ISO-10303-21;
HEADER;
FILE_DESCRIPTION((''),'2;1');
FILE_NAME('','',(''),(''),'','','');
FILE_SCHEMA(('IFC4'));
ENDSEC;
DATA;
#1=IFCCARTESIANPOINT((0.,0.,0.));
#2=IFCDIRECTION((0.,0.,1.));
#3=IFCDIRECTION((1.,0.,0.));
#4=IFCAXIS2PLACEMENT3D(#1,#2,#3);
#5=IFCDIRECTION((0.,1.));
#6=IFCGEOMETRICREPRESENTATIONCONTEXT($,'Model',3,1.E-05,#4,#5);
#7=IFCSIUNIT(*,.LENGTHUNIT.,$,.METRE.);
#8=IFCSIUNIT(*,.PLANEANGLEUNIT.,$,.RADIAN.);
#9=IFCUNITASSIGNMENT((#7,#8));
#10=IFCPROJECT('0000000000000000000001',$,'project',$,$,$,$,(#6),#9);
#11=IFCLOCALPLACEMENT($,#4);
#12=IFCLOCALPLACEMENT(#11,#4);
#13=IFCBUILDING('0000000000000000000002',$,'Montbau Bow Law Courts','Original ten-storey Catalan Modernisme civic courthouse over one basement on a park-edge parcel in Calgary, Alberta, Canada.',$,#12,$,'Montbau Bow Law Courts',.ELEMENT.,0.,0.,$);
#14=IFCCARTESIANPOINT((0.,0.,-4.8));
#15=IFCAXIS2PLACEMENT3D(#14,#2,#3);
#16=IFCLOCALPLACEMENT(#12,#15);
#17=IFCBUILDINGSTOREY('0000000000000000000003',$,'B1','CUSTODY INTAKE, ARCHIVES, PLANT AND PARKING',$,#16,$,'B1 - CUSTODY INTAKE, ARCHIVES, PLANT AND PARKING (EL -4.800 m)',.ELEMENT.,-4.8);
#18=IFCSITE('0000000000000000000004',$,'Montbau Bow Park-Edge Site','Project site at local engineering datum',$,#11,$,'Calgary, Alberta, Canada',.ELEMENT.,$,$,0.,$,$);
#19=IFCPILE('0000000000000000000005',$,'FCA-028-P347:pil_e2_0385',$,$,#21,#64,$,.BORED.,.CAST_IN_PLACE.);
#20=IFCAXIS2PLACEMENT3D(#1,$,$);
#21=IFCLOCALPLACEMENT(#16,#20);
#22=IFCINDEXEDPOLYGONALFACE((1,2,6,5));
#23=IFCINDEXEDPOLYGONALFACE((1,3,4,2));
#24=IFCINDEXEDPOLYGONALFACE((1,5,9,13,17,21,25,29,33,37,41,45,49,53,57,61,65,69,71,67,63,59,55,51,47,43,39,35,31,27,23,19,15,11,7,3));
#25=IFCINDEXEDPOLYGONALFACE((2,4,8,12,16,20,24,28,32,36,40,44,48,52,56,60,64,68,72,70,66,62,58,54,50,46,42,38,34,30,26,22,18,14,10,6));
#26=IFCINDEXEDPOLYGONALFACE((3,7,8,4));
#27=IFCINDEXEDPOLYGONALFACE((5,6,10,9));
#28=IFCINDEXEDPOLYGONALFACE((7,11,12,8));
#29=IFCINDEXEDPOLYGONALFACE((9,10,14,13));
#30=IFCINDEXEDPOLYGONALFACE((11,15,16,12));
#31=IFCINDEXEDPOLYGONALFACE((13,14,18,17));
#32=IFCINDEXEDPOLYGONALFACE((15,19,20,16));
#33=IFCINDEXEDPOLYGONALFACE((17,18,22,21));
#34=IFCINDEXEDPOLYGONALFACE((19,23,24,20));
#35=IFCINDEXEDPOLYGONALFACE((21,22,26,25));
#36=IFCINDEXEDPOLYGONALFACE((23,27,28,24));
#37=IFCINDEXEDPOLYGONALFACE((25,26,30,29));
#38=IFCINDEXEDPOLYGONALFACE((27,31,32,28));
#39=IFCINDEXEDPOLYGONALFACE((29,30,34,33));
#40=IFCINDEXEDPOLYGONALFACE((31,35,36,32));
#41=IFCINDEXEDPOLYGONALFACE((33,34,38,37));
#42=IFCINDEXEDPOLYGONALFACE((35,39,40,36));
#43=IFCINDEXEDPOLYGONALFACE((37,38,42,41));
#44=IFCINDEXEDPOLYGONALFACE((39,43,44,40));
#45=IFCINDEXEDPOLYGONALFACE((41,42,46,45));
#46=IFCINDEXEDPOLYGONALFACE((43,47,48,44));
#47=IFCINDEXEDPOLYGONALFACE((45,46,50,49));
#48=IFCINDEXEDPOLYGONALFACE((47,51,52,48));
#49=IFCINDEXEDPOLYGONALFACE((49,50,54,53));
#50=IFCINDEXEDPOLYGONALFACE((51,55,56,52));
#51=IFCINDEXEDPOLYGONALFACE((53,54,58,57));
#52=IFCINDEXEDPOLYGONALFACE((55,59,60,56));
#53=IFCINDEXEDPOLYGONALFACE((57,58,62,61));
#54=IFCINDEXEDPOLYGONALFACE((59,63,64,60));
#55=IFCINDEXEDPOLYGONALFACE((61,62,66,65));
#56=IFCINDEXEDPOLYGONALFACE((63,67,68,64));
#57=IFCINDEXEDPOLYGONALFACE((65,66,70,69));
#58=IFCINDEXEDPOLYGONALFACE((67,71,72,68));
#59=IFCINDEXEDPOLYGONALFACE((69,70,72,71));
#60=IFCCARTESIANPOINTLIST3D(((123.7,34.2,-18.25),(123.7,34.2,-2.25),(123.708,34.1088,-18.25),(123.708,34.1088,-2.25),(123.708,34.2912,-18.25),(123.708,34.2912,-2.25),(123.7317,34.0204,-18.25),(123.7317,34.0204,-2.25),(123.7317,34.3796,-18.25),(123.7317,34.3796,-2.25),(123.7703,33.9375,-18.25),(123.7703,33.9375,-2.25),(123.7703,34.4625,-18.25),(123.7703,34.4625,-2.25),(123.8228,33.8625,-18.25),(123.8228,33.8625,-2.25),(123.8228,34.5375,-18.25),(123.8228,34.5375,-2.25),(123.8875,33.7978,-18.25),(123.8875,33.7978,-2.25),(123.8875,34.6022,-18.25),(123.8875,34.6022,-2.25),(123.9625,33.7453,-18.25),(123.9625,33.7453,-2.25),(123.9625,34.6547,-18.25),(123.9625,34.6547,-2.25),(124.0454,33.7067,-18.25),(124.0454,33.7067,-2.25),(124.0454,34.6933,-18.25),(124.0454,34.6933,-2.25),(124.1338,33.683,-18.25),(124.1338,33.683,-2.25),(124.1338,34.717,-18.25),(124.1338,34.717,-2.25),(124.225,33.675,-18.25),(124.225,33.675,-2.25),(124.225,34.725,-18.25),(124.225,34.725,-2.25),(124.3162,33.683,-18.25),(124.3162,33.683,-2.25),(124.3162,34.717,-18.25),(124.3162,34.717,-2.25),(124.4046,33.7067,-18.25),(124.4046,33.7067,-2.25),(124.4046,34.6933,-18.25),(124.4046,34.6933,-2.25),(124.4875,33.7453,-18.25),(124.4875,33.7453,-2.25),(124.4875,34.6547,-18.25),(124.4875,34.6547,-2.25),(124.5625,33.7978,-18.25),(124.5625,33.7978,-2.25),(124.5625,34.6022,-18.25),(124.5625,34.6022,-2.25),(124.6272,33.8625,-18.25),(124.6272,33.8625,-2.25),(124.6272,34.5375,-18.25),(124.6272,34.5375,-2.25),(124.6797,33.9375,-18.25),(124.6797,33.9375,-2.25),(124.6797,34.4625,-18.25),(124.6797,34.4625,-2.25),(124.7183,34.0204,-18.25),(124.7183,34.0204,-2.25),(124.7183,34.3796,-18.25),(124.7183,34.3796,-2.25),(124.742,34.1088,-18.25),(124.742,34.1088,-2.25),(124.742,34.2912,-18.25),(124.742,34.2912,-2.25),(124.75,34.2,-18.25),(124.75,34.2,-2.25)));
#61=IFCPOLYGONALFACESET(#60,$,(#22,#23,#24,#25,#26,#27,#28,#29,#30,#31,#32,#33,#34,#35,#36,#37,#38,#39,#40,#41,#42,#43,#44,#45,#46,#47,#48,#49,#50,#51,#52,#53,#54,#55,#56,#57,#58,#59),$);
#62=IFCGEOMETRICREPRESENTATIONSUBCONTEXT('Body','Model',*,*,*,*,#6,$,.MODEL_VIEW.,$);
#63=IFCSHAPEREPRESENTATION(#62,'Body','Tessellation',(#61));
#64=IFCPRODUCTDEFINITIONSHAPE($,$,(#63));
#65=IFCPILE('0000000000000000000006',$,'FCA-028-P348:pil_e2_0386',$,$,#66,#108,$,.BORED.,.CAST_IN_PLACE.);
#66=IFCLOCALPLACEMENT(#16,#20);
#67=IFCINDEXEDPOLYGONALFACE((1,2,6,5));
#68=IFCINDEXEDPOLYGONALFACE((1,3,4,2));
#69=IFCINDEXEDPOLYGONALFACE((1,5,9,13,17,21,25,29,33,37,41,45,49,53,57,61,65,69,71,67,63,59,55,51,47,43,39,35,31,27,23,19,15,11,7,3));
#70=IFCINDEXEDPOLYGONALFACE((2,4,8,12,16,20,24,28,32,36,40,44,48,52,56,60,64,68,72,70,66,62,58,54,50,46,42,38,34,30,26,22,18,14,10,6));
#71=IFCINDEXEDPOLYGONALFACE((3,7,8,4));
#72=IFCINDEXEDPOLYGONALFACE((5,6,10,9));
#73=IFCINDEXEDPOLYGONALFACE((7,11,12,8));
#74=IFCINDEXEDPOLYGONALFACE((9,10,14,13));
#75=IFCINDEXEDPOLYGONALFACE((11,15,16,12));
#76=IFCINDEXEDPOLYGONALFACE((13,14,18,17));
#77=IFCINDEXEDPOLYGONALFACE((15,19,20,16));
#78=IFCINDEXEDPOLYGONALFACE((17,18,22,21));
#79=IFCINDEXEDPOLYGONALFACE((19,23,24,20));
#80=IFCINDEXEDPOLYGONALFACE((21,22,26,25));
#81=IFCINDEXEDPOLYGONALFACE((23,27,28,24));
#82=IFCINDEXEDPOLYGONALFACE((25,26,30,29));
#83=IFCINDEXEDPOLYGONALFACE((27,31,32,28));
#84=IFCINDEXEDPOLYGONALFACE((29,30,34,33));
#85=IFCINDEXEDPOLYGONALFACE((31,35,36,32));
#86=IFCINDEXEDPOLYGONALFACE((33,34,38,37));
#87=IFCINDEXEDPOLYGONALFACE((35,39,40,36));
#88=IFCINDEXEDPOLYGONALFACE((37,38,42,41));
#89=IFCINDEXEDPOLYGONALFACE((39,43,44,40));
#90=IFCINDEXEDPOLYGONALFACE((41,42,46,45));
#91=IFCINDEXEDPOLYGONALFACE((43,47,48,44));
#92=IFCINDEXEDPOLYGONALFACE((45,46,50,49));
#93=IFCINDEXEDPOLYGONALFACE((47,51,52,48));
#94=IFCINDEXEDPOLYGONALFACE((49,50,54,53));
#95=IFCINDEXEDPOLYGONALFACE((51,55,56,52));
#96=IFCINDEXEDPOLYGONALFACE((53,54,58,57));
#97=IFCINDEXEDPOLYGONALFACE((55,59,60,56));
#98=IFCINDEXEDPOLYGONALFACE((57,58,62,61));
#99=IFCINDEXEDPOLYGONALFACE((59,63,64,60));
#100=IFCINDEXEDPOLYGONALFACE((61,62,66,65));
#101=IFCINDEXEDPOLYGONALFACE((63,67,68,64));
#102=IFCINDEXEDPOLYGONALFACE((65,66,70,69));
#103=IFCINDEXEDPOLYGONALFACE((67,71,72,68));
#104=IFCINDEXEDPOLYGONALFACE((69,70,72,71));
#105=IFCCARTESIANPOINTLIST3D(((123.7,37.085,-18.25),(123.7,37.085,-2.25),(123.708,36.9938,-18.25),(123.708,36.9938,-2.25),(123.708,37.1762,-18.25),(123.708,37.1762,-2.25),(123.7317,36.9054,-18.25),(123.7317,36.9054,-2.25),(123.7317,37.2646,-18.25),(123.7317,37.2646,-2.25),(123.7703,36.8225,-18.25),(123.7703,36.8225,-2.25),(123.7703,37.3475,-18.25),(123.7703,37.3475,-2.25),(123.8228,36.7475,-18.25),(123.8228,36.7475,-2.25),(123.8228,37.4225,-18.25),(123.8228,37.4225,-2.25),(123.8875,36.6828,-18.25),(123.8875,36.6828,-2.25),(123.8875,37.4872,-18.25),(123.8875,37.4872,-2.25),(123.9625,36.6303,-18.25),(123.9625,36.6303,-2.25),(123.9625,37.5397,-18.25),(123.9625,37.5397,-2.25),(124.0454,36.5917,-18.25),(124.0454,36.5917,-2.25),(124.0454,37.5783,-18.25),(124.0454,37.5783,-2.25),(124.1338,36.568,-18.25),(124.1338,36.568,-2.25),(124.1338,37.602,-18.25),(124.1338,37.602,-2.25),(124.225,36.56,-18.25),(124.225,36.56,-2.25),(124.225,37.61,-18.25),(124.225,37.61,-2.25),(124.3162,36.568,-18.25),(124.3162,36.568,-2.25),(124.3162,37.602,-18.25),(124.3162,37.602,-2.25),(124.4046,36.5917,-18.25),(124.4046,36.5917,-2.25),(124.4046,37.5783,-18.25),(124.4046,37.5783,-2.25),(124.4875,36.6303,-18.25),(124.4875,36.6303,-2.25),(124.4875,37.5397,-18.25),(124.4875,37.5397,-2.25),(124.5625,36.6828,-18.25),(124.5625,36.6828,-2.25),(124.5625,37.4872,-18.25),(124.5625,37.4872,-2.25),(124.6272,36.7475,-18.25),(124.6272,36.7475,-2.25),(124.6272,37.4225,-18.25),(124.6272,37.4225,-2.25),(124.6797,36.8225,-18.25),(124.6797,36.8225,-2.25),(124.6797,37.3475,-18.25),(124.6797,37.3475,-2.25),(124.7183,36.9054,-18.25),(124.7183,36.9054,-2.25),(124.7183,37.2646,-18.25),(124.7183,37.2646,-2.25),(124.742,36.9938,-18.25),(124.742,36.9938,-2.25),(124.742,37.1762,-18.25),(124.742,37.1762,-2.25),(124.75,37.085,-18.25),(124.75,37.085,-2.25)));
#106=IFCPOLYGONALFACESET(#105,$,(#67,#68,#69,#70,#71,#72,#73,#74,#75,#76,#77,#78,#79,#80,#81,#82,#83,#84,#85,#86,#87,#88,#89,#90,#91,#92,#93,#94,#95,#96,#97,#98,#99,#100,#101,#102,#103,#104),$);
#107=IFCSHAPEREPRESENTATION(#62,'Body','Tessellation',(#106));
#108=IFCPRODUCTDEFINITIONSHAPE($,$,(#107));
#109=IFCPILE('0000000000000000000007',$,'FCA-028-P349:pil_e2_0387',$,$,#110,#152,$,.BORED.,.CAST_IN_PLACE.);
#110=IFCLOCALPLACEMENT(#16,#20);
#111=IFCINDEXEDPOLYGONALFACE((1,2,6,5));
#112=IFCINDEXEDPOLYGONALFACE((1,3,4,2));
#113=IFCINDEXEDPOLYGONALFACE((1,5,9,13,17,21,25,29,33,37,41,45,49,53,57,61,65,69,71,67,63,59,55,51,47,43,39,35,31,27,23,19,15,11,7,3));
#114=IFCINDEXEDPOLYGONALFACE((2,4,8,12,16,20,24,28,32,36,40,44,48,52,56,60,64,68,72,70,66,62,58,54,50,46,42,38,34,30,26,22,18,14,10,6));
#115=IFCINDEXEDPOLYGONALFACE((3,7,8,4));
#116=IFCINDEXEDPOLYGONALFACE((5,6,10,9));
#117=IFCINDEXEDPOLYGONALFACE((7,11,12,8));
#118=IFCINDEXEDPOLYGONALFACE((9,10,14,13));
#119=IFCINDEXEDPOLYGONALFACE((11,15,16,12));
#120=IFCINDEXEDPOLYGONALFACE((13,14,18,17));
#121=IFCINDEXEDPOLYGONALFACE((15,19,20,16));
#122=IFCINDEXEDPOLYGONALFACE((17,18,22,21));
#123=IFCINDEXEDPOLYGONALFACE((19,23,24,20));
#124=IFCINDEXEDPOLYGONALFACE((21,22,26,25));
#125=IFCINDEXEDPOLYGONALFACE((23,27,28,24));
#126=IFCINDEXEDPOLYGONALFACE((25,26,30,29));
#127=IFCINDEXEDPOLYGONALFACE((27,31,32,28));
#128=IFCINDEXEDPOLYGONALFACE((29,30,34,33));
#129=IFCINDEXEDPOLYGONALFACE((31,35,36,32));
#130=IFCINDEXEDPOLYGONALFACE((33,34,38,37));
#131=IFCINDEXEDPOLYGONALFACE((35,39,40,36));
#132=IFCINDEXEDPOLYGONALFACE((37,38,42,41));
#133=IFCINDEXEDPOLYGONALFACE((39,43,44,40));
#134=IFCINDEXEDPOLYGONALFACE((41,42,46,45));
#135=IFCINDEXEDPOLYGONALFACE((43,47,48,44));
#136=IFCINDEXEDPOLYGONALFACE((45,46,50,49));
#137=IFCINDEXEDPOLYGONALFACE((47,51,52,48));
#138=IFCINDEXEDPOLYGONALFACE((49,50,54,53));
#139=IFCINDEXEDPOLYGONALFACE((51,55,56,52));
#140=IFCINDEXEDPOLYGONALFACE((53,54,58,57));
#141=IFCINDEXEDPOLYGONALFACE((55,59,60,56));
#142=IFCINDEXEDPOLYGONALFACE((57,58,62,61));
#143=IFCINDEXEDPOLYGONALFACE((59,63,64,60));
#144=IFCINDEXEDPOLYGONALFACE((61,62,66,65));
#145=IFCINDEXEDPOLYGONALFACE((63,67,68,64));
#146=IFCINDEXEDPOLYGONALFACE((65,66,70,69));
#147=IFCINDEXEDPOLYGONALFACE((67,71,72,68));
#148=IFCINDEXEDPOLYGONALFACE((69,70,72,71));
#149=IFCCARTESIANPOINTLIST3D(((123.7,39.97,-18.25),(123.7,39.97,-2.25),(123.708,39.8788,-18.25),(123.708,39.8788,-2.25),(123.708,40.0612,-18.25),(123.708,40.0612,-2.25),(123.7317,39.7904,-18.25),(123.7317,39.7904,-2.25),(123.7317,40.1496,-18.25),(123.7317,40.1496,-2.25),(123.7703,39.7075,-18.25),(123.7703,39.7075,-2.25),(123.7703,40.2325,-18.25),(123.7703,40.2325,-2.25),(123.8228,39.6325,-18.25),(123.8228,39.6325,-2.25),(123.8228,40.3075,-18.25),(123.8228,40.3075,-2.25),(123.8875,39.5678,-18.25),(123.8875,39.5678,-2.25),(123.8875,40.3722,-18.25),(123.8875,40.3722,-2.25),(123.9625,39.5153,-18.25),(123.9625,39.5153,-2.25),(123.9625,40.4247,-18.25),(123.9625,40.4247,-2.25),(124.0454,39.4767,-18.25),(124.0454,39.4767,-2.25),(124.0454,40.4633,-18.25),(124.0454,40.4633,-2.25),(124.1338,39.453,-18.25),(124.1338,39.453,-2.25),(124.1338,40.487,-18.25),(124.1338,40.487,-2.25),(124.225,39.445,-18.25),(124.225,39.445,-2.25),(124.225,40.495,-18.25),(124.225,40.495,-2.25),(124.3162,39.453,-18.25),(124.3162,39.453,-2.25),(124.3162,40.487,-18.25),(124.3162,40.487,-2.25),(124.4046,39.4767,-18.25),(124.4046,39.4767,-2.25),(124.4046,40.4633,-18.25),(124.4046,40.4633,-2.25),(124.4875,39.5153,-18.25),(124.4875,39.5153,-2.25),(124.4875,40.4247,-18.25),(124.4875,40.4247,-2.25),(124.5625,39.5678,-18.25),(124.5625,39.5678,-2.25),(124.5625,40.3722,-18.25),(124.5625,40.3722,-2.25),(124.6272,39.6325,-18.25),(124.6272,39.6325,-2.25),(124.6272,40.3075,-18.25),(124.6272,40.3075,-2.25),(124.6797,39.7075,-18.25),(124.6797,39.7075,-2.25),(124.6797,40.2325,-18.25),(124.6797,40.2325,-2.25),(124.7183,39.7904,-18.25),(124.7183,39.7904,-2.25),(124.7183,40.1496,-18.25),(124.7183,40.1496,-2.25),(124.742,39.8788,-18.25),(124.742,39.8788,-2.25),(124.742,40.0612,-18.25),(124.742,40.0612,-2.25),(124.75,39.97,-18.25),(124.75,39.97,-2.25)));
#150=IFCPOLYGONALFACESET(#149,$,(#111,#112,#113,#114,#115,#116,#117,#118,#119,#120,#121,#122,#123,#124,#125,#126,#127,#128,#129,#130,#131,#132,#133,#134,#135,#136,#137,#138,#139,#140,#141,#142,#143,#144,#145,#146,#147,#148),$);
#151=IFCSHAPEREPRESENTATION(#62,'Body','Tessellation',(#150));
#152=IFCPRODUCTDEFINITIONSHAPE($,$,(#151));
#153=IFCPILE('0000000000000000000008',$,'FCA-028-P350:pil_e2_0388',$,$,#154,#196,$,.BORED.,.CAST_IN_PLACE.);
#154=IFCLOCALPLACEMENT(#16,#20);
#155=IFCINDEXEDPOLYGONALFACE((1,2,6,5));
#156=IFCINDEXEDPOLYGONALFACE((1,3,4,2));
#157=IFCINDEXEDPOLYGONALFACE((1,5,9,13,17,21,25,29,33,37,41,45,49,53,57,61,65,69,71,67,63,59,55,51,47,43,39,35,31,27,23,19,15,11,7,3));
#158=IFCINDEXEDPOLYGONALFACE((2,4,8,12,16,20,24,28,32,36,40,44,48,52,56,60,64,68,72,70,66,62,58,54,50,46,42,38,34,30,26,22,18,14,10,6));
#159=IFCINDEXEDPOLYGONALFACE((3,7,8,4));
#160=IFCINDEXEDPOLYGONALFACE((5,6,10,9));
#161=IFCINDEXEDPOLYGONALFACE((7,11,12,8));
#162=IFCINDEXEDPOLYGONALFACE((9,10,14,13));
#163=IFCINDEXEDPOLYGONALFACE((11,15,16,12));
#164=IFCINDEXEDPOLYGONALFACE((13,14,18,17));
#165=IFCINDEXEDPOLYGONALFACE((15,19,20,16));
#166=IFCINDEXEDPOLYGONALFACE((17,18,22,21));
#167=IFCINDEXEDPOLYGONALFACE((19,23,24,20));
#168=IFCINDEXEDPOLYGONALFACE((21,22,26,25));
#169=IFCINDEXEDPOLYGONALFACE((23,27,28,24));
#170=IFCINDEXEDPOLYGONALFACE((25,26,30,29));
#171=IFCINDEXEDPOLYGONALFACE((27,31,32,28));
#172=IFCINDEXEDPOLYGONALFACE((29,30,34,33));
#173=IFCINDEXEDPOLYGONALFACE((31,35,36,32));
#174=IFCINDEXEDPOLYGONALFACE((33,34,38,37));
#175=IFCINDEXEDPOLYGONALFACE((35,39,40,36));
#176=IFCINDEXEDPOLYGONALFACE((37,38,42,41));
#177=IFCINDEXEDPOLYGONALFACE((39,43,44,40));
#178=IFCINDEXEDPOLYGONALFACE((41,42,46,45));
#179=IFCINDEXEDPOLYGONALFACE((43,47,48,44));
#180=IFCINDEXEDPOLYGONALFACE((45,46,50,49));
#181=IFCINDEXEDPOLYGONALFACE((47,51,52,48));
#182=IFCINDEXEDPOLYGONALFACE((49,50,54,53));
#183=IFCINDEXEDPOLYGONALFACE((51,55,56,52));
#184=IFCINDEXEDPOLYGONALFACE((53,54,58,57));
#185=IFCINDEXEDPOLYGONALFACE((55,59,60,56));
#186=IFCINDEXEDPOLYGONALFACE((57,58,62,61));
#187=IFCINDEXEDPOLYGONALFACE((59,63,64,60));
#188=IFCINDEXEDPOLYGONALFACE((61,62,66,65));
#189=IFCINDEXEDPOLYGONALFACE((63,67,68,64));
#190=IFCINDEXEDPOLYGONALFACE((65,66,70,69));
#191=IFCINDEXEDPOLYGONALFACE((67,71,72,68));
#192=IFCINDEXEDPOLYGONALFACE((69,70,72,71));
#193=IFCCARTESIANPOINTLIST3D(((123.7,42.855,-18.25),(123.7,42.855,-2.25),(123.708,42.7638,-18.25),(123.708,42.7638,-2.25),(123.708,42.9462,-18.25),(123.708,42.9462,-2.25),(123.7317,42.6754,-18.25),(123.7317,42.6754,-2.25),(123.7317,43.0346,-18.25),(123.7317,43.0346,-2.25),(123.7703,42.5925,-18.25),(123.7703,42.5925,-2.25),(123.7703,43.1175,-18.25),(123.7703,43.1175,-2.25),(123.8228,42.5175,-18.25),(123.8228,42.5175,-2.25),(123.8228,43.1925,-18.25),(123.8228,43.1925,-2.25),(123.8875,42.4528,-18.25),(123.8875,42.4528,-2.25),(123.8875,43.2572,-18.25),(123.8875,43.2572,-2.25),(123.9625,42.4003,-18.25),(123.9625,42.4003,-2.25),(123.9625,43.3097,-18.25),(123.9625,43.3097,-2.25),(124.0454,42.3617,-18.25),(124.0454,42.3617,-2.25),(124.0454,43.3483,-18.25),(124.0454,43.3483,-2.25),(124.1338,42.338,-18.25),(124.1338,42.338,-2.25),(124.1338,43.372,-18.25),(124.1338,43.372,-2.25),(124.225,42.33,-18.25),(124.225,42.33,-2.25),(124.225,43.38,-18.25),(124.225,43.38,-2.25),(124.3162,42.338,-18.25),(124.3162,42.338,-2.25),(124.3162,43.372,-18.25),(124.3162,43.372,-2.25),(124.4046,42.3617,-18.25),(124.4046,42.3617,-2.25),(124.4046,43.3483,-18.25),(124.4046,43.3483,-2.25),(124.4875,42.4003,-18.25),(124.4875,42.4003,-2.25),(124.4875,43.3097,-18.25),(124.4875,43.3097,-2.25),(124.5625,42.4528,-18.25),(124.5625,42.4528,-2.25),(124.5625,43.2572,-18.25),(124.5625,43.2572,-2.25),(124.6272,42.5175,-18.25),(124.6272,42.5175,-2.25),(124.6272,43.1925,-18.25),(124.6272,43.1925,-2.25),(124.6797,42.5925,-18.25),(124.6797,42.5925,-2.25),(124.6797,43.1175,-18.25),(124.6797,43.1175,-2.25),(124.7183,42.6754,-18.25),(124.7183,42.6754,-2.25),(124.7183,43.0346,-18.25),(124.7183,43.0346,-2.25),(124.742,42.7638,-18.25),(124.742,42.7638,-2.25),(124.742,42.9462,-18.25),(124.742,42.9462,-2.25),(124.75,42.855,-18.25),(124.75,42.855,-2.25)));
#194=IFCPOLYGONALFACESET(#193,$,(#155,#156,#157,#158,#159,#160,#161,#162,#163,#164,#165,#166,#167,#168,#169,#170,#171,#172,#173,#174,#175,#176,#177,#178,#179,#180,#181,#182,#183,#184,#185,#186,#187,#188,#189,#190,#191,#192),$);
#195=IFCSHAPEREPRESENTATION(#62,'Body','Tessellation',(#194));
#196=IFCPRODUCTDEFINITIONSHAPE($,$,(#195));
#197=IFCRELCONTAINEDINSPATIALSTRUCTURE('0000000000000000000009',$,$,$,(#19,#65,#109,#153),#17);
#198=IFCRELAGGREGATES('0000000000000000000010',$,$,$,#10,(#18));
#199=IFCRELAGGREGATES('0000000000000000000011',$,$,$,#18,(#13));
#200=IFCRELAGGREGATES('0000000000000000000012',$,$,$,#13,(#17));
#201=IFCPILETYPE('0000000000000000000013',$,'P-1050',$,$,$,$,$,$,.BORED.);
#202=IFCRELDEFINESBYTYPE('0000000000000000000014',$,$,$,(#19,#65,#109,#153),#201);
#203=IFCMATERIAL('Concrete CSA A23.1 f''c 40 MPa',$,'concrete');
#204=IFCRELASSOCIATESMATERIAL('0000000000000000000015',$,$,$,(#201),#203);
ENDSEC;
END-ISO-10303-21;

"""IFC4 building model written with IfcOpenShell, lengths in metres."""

from ifc_helpers import new_model, si_unit, direction, frame, origin_with_axes, origin_2d_with_axis, place, context, subcontext, project, spatial, circle, extrude, material, material_profile, profile_set, type_object, element, save


model = new_model("IFC4")

# Units and contexts
model_context = context("Model", 3, precision=1e-05, world=origin_with_axes(), true_north=direction((0.0, 1.0)))
body_context = subcontext(model_context, "Body", "Model", "MODEL_VIEW")
ifc_project = project(units=[si_unit("LENGTHUNIT", "METRE"), si_unit("PLANEANGLEUNIT", "RADIAN")], contexts=[model_context])

# Site, building, storey
site_placement = place(None, origin_with_axes())
site = spatial("IfcSite", under=ifc_project, at=site_placement, Name="Montbau Bow Park-Edge Site", Description="Project site at local engineering datum", LongName="Calgary, Alberta, Canada", CompositionType="ELEMENT", RefElevation=0.0)
building_placement = place(site_placement, origin_with_axes())
building = spatial("IfcBuilding", under=site, at=building_placement, Name="Montbau Bow Law Courts", Description="Original ten-storey Catalan Modernisme civic courthouse over one basement on a park-edge parcel in Calgary, Alberta, Canada.", LongName="Montbau Bow Law Courts", CompositionType="ELEMENT", ElevationOfRefHeight=0.0, ElevationOfTerrain=0.0)
storey_placement = place(building_placement, frame((0.0, 0.0, -4.8), z_axis=(0.0, 0.0, 1.0), x_axis=(1.0, 0.0, 0.0)))
storey = spatial("IfcBuildingStorey", under=building, at=storey_placement, Name="B1", Description="CUSTODY INTAKE, ARCHIVES, PLANT AND PARKING", LongName="B1 - CUSTODY INTAKE, ARCHIVES, PLANT AND PARKING (EL -4.800 m)", CompositionType="ELEMENT", Elevation=-4.8)

# Piles
ifc_material = material(Name="Concrete CSA A23.1 f'c 40 MPa", Category="concrete")
ifc_material_profile_1 = material_profile(ifc_material, circle(Radius=0.525, at=origin_2d_with_axis()), Name="BP1050", Category="Main", Priority=0)
ifc_profile_set_1 = profile_set([ifc_material_profile_1], Name="Concrete CSA A23.1 f'c 40 MPa")
pile_type_1 = type_object("IfcPileType", Name="P-1050", PredefinedType="BORED", material=ifc_profile_set_1)
for number, where, z_axis, x_axis, name in (
    (1, (124.225, 34.2, -23.05), (0.0, 0.0, 1.0), (1.0, 0.0, 0.0), "FCA-028-P347:pil_e2_0385"),
    (2, (124.225, 37.085, -23.05), (0.0, 0.0, 1.0), (1.0, 0.0, 0.0), "FCA-028-P348:pil_e2_0386"),
    (3, (124.225, 39.97, -23.05), (0.0, 0.0, 1.0), (1.0, 0.0, 0.0), "FCA-028-P349:pil_e2_0387"),
    (4, (124.225, 42.855, -23.05), (0.0, 0.0, 1.0), (1.0, 0.0, 0.0), "FCA-028-P350:pil_e2_0388"),
):
    element("IfcPile", number, at=place(None, frame(where, z_axis=z_axis, x_axis=x_axis)), inside=storey, type_object=pile_type_1, Name=name, ConstructionType="CAST_IN_PLACE", PredefinedType="BORED", context=body_context, shape_type="SweptSolid", body=[
        extrude(circle(Radius=0.525, at=origin_2d_with_axis()), origin_with_axes(), (0.0, 0.0, 1.0), 16.0),
    ])

save(model, "model.ifc")
